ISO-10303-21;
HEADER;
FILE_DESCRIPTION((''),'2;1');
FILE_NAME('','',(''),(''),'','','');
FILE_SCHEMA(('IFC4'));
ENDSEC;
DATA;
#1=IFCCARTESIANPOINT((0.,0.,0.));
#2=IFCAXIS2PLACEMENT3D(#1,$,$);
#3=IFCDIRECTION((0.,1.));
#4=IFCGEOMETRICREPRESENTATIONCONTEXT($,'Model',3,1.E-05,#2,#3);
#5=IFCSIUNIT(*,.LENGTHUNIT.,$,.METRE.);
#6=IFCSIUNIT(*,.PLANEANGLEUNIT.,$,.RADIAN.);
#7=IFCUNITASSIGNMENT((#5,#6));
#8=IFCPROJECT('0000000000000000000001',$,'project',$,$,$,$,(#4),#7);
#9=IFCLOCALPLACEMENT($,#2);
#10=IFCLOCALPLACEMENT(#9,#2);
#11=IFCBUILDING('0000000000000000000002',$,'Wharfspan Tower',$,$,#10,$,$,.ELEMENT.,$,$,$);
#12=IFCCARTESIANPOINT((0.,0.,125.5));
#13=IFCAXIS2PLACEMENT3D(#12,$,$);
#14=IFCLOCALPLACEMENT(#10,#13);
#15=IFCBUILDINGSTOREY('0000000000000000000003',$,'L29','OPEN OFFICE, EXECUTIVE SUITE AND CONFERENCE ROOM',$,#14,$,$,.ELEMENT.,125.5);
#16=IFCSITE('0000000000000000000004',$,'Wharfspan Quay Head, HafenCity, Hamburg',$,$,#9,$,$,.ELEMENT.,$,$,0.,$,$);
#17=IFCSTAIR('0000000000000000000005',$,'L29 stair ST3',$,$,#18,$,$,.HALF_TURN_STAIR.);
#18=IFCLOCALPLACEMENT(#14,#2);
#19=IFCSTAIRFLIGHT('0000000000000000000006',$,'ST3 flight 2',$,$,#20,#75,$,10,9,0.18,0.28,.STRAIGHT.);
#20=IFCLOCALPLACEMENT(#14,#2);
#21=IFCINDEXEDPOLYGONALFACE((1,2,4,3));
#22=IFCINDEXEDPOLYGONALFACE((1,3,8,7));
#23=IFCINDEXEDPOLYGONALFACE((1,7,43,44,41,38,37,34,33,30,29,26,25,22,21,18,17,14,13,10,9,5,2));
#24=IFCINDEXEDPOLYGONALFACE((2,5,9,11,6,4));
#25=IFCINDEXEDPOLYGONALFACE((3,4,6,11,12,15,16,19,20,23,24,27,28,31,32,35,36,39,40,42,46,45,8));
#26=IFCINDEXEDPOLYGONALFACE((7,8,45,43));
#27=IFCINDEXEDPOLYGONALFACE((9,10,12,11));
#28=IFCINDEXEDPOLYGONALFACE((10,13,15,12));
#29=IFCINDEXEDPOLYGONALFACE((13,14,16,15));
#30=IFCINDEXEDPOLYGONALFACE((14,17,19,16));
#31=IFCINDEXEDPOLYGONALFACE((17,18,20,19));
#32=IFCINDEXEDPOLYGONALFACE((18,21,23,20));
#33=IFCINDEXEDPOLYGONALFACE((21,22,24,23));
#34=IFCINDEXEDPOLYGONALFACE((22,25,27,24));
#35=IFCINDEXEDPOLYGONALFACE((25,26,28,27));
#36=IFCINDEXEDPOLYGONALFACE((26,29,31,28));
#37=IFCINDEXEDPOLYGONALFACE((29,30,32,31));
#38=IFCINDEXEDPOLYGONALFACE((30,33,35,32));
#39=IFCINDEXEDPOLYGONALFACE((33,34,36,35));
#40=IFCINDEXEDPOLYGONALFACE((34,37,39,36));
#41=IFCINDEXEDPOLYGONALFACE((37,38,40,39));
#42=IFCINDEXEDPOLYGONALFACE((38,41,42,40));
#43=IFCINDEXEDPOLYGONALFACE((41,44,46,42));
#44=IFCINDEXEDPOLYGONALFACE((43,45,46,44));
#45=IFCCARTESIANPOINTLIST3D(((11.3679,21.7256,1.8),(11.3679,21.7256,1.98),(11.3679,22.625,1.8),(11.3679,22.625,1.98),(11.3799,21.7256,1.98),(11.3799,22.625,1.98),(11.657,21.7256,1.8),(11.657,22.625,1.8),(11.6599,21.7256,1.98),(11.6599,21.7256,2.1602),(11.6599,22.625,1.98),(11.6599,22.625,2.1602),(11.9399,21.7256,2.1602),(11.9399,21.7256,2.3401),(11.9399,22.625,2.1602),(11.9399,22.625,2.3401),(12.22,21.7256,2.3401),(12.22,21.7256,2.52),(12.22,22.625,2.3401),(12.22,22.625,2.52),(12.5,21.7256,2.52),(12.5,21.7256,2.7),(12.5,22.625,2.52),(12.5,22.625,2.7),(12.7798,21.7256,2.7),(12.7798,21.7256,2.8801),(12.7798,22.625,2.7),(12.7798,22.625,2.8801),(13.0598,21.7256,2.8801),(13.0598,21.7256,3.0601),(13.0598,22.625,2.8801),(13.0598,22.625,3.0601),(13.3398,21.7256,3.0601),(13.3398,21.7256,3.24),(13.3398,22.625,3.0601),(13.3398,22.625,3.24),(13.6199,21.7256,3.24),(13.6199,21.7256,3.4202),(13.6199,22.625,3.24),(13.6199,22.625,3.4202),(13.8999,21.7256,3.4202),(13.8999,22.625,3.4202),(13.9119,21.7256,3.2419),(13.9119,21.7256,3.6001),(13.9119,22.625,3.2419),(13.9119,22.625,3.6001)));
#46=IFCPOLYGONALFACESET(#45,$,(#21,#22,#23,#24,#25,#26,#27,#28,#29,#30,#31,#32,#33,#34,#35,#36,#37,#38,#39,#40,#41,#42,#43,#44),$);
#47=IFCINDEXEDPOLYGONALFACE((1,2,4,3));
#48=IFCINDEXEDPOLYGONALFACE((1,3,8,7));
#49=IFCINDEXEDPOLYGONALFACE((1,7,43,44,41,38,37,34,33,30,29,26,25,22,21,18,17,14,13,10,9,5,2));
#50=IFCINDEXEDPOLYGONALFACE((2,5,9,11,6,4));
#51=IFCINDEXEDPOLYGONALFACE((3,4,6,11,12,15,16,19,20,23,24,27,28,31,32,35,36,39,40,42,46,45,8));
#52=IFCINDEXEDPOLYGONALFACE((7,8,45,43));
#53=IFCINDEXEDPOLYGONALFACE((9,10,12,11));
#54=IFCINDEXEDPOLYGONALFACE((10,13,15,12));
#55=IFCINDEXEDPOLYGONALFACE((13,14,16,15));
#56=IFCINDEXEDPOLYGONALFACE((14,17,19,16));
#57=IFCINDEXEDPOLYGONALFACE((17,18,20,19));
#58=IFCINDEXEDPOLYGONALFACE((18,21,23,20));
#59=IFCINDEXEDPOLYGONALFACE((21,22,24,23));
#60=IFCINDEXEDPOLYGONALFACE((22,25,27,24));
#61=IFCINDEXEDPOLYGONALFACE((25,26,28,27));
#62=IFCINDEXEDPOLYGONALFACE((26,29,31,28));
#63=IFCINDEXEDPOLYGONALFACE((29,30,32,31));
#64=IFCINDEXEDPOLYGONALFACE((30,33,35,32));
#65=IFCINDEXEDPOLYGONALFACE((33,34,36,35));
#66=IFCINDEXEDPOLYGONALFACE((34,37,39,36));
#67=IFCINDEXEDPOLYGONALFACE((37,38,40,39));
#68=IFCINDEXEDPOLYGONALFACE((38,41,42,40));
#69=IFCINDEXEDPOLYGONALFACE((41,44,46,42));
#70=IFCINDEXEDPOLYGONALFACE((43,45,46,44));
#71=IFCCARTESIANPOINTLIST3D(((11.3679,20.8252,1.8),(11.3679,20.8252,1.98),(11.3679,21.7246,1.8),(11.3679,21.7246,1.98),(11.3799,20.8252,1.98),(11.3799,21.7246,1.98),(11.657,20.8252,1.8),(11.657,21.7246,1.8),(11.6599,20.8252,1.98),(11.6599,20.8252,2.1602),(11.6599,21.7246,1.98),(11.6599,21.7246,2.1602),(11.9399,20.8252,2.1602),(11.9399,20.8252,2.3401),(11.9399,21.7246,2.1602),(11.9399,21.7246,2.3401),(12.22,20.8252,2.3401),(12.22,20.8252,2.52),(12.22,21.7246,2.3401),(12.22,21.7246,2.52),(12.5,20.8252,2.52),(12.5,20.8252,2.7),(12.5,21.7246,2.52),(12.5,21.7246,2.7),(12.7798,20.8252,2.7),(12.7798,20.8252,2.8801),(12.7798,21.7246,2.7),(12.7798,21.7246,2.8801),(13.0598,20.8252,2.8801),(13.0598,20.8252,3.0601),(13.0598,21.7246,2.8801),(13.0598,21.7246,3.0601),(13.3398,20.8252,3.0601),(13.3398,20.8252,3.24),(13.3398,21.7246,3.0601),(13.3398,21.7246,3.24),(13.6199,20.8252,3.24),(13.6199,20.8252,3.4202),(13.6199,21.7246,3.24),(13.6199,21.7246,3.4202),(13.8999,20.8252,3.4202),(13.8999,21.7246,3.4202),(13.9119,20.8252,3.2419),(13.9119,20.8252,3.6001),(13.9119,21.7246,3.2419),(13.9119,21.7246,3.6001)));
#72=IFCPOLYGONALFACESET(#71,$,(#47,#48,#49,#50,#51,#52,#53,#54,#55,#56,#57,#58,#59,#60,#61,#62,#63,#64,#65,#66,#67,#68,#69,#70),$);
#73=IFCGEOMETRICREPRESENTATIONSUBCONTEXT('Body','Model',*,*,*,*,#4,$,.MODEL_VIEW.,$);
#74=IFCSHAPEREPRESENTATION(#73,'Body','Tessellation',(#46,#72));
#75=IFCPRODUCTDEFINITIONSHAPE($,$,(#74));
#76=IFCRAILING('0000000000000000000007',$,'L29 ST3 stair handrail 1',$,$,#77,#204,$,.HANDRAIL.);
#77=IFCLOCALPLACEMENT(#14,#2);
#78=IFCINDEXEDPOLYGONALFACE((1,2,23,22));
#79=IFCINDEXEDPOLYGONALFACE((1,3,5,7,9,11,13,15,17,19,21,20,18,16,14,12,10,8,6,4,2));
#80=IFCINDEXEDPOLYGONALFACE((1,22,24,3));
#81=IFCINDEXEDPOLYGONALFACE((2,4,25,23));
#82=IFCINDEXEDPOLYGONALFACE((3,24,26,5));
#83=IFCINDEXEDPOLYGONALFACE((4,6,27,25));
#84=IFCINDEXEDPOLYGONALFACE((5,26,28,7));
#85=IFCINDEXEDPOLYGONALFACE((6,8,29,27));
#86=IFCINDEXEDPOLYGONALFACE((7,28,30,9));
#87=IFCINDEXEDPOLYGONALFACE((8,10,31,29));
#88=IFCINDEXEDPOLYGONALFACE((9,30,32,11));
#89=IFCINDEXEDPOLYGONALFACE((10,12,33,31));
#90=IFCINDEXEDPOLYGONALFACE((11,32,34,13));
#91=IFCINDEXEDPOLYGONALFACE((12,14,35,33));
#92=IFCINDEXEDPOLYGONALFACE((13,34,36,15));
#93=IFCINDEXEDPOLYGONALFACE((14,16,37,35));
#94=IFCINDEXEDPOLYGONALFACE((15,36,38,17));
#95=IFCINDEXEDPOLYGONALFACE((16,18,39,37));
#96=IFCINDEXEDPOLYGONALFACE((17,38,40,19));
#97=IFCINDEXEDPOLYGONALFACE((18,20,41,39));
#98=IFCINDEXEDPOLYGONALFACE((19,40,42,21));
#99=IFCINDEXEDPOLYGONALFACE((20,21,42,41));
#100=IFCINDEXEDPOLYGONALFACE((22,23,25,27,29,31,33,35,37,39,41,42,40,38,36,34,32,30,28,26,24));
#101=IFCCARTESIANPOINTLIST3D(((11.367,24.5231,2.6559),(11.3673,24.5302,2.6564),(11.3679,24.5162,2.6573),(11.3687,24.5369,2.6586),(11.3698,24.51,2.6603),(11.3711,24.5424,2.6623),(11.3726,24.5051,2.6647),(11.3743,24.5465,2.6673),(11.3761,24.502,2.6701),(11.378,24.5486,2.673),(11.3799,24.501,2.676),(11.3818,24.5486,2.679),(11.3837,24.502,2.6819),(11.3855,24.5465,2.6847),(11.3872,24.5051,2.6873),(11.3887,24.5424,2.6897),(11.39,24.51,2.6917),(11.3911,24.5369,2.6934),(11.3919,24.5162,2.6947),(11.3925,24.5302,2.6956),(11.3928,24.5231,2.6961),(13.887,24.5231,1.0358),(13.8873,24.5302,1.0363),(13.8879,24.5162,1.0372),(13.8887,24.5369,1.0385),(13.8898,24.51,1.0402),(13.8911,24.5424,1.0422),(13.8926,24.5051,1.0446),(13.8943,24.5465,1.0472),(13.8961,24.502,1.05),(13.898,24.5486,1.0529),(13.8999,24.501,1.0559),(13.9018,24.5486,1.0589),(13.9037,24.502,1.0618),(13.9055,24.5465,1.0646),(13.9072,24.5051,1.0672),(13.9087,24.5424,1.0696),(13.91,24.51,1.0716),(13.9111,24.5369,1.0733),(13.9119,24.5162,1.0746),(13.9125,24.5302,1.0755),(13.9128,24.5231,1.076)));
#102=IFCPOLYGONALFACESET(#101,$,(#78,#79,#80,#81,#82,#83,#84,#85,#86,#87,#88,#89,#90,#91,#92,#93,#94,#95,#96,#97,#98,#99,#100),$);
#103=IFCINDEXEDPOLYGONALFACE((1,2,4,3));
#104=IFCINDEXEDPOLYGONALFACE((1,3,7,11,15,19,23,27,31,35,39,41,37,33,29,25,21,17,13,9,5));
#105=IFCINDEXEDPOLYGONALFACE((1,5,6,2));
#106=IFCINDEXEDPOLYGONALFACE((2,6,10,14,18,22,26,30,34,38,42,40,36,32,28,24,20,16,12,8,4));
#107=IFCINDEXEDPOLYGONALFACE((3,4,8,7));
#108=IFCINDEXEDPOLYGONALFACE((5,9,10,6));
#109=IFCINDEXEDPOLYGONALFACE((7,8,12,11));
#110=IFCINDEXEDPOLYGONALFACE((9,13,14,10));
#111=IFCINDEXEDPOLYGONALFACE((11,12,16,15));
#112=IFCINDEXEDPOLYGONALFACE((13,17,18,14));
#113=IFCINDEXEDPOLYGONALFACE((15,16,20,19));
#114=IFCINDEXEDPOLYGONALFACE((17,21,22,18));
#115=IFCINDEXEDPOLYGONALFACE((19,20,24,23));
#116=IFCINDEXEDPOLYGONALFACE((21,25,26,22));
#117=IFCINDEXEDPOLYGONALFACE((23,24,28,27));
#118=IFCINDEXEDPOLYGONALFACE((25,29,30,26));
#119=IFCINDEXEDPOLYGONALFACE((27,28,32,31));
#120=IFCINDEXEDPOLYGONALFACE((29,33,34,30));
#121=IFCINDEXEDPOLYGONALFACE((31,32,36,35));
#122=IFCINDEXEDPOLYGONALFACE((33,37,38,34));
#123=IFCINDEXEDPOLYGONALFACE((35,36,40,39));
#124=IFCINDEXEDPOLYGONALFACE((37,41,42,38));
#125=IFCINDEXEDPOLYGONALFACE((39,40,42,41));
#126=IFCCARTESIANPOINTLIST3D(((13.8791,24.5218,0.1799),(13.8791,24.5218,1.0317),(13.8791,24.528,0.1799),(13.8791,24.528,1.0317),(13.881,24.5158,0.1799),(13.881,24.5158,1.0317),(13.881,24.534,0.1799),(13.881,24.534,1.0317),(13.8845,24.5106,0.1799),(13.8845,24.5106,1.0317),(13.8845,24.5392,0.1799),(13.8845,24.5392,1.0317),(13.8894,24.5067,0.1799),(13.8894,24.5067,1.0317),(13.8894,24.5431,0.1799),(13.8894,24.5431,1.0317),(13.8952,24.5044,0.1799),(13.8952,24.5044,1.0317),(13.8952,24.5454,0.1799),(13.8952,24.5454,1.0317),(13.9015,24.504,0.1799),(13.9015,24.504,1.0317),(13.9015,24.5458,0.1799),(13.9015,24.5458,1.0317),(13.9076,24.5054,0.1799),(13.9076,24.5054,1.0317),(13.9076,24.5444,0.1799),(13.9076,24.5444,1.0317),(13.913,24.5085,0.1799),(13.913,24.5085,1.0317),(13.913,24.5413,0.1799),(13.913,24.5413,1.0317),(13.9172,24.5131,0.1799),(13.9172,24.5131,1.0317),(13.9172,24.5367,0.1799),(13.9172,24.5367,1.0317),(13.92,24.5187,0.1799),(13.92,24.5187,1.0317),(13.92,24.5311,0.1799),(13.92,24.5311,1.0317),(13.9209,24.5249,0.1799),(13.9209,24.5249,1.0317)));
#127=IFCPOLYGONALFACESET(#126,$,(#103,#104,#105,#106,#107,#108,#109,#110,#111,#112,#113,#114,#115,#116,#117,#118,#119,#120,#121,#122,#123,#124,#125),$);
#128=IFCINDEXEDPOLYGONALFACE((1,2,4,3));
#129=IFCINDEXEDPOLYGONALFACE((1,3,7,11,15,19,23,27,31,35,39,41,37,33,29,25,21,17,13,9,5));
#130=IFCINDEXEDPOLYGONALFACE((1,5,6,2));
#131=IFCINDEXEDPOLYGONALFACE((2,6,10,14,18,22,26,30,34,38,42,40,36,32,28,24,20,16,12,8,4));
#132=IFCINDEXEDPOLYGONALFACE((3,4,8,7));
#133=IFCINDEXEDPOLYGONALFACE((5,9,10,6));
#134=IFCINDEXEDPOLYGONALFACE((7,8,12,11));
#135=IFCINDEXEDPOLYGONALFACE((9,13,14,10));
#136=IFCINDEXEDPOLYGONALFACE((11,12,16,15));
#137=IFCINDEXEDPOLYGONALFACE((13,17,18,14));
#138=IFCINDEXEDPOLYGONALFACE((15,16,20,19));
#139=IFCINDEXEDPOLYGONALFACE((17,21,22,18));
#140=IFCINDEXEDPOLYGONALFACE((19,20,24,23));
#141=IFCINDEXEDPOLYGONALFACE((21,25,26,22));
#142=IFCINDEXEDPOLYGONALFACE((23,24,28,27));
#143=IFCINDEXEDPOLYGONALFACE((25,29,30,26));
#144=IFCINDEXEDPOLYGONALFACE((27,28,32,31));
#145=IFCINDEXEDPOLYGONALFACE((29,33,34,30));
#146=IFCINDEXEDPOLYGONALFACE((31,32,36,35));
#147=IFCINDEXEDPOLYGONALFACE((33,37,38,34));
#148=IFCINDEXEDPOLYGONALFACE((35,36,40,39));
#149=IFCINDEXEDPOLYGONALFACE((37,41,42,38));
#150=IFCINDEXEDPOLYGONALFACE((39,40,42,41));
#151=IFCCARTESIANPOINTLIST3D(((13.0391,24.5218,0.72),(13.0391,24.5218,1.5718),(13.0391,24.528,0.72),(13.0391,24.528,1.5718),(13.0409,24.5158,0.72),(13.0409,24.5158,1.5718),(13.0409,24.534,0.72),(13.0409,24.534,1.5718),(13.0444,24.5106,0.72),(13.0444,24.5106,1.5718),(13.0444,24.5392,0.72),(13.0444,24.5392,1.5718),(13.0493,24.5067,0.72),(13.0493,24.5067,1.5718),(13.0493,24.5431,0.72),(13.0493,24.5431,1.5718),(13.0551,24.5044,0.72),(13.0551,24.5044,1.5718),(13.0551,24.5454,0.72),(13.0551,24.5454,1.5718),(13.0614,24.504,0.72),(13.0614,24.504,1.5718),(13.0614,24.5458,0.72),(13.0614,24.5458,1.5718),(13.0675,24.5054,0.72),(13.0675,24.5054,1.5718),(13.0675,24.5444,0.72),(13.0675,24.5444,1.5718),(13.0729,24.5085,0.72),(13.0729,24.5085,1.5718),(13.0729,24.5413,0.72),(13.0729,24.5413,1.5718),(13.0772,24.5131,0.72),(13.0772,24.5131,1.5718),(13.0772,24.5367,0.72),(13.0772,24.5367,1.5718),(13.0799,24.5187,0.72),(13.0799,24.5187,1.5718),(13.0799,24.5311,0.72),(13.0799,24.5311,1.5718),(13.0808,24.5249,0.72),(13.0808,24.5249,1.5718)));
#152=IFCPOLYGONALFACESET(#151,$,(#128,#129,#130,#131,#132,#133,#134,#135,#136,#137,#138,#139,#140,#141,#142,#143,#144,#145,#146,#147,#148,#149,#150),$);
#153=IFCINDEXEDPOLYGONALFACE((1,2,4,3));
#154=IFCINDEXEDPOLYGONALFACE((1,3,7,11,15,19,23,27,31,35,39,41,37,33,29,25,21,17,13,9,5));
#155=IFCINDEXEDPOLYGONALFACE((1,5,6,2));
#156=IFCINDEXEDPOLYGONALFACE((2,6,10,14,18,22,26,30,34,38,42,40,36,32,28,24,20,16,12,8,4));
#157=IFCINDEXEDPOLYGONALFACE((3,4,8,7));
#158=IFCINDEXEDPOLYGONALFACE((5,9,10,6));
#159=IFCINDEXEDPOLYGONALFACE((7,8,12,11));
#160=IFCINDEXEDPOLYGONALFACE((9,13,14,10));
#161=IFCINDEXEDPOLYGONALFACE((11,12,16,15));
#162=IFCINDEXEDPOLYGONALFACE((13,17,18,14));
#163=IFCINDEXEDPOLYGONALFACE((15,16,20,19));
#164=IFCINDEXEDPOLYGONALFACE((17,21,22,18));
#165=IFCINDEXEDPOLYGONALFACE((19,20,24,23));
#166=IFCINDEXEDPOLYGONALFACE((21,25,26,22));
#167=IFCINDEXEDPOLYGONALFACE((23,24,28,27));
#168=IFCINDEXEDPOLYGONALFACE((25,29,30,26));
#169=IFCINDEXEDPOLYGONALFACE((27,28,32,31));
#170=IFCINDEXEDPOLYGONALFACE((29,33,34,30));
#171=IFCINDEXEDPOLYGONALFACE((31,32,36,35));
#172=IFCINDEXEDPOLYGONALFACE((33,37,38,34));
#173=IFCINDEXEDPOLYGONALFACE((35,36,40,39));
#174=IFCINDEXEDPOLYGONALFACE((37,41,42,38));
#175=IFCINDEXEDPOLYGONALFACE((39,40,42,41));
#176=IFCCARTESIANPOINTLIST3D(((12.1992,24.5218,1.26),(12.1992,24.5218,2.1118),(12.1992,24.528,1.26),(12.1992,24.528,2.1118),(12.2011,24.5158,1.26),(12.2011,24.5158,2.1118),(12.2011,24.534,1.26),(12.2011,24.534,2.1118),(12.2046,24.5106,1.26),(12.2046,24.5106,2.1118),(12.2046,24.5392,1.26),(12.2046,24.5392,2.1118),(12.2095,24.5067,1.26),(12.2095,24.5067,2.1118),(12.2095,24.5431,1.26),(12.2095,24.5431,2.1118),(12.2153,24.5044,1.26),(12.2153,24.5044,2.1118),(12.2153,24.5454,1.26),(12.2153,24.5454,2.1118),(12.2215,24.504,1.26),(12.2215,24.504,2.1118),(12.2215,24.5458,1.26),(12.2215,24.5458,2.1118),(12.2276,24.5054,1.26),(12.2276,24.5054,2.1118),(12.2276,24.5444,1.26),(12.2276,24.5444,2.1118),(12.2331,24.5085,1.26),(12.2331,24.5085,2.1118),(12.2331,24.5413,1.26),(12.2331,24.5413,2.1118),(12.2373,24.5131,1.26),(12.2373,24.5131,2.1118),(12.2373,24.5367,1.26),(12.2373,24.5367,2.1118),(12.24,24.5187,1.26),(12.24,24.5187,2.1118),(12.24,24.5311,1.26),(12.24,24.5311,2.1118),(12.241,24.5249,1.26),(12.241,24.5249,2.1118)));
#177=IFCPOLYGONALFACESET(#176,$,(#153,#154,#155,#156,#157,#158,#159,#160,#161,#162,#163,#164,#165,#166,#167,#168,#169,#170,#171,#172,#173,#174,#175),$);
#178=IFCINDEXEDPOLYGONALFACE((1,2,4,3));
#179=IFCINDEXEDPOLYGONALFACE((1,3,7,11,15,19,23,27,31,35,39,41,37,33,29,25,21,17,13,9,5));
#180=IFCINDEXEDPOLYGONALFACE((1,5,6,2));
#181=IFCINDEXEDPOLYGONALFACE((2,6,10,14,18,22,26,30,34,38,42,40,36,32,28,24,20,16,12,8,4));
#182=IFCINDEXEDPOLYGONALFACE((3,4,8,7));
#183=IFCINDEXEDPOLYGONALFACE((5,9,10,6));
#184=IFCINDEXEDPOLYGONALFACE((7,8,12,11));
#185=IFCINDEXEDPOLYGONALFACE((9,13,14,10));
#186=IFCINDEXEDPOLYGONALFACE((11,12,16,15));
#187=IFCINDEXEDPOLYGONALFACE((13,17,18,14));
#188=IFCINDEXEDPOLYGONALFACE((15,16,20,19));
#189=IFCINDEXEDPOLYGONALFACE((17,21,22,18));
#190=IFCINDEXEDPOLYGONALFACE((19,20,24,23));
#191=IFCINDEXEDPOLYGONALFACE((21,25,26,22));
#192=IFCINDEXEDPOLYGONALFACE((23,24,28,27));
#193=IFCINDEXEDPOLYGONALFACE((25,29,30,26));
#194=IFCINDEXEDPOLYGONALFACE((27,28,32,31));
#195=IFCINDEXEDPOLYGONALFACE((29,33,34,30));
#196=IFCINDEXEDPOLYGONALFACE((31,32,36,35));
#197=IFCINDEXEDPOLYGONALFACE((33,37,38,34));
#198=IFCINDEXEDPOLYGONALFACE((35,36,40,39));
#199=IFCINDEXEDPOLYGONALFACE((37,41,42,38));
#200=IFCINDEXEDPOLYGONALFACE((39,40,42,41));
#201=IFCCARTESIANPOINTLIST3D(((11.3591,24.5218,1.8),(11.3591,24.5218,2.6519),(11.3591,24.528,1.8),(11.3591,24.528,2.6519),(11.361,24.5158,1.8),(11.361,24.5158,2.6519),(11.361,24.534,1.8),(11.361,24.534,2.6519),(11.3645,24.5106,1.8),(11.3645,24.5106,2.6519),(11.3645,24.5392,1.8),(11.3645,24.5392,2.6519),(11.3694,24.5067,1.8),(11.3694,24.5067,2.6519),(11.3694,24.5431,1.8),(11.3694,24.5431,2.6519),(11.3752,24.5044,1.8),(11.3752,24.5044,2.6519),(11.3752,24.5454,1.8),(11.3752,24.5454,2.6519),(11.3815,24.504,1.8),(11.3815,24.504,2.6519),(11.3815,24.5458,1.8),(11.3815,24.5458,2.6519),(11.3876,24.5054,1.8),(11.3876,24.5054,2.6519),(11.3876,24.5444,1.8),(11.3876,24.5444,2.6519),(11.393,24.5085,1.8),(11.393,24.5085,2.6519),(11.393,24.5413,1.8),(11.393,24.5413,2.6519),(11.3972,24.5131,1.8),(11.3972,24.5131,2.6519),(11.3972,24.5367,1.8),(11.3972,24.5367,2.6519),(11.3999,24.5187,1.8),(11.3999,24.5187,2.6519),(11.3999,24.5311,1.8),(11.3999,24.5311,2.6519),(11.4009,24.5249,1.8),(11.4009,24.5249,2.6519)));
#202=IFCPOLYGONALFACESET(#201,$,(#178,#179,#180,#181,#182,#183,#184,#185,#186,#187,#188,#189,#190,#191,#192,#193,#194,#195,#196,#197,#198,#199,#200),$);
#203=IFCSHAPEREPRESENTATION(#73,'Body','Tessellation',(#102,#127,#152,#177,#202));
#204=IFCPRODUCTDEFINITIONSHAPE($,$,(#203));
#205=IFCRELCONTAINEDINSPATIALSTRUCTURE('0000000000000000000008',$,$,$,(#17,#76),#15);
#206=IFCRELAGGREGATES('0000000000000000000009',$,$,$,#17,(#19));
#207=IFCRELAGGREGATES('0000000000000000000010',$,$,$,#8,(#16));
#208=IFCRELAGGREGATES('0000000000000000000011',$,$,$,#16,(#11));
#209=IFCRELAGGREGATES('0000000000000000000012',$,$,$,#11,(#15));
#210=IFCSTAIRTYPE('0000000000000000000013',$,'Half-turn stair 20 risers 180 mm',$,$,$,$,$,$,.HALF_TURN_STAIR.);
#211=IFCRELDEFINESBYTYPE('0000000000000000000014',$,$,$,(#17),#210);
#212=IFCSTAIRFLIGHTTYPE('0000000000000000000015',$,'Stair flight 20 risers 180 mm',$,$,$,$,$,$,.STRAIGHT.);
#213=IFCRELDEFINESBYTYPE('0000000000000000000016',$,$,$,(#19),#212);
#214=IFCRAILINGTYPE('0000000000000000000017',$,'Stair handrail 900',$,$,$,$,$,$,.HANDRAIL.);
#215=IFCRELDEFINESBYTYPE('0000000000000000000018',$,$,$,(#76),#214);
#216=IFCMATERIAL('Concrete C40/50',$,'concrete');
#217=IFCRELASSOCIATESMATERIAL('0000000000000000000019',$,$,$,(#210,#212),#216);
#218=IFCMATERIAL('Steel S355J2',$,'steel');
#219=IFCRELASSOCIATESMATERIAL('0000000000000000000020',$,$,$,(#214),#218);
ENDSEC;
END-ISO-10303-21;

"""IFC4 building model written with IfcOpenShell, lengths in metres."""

from ifc_helpers import new_model, si_unit, direction, frame, origin, origin_2d, place, context, subcontext, project, spatial, polyline, circle, outline, extrude, material, type_object, element, aggregate, save


model = new_model("IFC4")

# Units and contexts
model_context = context("Model", 3, precision=1e-05, world=origin(), true_north=direction((0.0, 1.0)))
body_context = subcontext(model_context, "Body", "Model", "MODEL_VIEW")
ifc_project = project(units=[si_unit("LENGTHUNIT", "METRE"), si_unit("PLANEANGLEUNIT", "RADIAN")], contexts=[model_context])

# Site, building, storey
site_placement = place(None, origin())
site = spatial("IfcSite", under=ifc_project, at=site_placement, Name="Wharfspan Quay Head, HafenCity, Hamburg", CompositionType="ELEMENT", RefElevation=0.0)
building_placement = place(site_placement, origin())
building = spatial("IfcBuilding", under=site, at=building_placement, Name="Wharfspan Tower", CompositionType="ELEMENT")
storey_placement = place(building_placement, frame((0.0, 0.0, 125.5)))
storey = spatial("IfcBuildingStorey", under=building, at=storey_placement, Name="L29", Description="OPEN OFFICE, EXECUTIVE SUITE AND CONFERENCE ROOM", CompositionType="ELEMENT", Elevation=125.5)

# Shared definitions
ifc_material_1 = material(Name="Steel S355J2", Category="steel")

# Shared definitions
ifc_material_2 = material(Name="Concrete C40/50", Category="concrete")

# Stair, stair flight
stair_type = type_object("IfcStairType", Name="Half-turn stair 20 risers 180 mm", PredefinedType="HALF_TURN_STAIR", material=ifc_material_2)
stair_placement = place(storey_placement, origin())
stair = element("IfcStair", 1, at=stair_placement, inside=storey, type_object=stair_type, Name="L29 stair ST3", PredefinedType="HALF_TURN_STAIR")
stair_flight_type = type_object("IfcStairFlightType", Name="Stair flight 20 risers 180 mm", PredefinedType="STRAIGHT", material=ifc_material_2)
stair_flight_1_placement = place(storey_placement, frame((11.3799, 21.7251, 1.8), z_axis=(0.0, 0.0, 1.0), x_axis=(1.0, 0.0, 0.0)))
stair_flight_1 = element("IfcStairFlight", 2, at=stair_flight_1_placement, type_object=stair_flight_type, Name="ST3 flight 2", NumberOfRisers=10, NumberOfTreads=9, PredefinedType="STRAIGHT", RiserHeight=0.18, TreadLength=0.28, context=body_context, shape_type="SweptSolid", body=[
    extrude(outline(polyline([(-0.012, 0.0), (-0.012, 0.1799), (0.0, 0.1799), (0.28, 0.1799), (0.28, 0.3601), (0.5601, 0.3601), (0.5601, 0.54), (0.8401, 0.54), (0.8401, 0.72), (1.1201, 0.72), (1.1201, 0.8999), (1.3999, 0.8999), (1.3999, 1.0801), (1.6799, 1.0801), (1.6799, 1.26), (1.96, 1.26), (1.96, 1.4399), (2.24, 1.4399), (2.24, 1.6201), (2.52, 1.6201), (2.532, 1.8), (2.532, 1.4419), (0.2771, 0.0), (-0.012, 0.0)])), frame((0.0, 0.8999, 0.0), z_axis=(0.0, -1.0, 0.0), x_axis=(1.0, 0.0, 0.0)), (0.0, 0.0, 1.0), 0.8994),
    extrude(outline(polyline([(-0.012, 0.0), (-0.012, 0.1799), (0.0, 0.1799), (0.28, 0.1799), (0.28, 0.3601), (0.5601, 0.3601), (0.5601, 0.54), (0.8401, 0.54), (0.8401, 0.72), (1.1201, 0.72), (1.1201, 0.8999), (1.3999, 0.8999), (1.3999, 1.0801), (1.6799, 1.0801), (1.6799, 1.26), (1.96, 1.26), (1.96, 1.4399), (2.24, 1.4399), (2.24, 1.6201), (2.52, 1.6201), (2.532, 1.8), (2.532, 1.4419), (0.2771, 0.0), (-0.012, 0.0)])), frame((0.0, -0.0005, 0.0), z_axis=(0.0, -1.0, 0.0), x_axis=(1.0, 0.0, 0.0)), (0.0, 0.0, 1.0), 0.8994),
])
aggregate(stair, [stair_flight_1])

# Railing
railing_type_1 = type_object("IfcRailingType", Name="Stair handrail 900", PredefinedType="HANDRAIL", material=ifc_material_1)
railing_1_placement = place(storey_placement, frame((13.8999, 24.5249, 0.1799)))
element("IfcRailing", 3, at=railing_1_placement, inside=storey, type_object=railing_type_1, Name="L29 ST3 stair handrail 1", PredefinedType="HANDRAIL", context=body_context, shape_type="SweptSolid", body=[
    extrude(circle(Radius=0.0239, at=origin_2d()), frame((0.0, 0.0, 0.876), z_axis=(-0.841163, 0.0, 0.540782), x_axis=(0.0, -1.0, 0.0)), (0.0, 0.0, 1.0), 2.9958),
    extrude(circle(Radius=0.021, at=origin_2d()), origin(), (0.0, 0.0, 1.0), 0.8518),
    extrude(circle(Radius=0.021, at=origin_2d()), frame((-0.8401, 0.0, 0.54)), (0.0, 0.0, 1.0), 0.8518),
    extrude(circle(Radius=0.021, at=origin_2d()), frame((-1.6799, 0.0, 1.0801)), (0.0, 0.0, 1.0), 0.8518),
    extrude(circle(Radius=0.021, at=origin_2d()), frame((-2.52, 0.0, 1.6201)), (0.0, 0.0, 1.0), 0.8518),
])

save(model, "model.ifc")
